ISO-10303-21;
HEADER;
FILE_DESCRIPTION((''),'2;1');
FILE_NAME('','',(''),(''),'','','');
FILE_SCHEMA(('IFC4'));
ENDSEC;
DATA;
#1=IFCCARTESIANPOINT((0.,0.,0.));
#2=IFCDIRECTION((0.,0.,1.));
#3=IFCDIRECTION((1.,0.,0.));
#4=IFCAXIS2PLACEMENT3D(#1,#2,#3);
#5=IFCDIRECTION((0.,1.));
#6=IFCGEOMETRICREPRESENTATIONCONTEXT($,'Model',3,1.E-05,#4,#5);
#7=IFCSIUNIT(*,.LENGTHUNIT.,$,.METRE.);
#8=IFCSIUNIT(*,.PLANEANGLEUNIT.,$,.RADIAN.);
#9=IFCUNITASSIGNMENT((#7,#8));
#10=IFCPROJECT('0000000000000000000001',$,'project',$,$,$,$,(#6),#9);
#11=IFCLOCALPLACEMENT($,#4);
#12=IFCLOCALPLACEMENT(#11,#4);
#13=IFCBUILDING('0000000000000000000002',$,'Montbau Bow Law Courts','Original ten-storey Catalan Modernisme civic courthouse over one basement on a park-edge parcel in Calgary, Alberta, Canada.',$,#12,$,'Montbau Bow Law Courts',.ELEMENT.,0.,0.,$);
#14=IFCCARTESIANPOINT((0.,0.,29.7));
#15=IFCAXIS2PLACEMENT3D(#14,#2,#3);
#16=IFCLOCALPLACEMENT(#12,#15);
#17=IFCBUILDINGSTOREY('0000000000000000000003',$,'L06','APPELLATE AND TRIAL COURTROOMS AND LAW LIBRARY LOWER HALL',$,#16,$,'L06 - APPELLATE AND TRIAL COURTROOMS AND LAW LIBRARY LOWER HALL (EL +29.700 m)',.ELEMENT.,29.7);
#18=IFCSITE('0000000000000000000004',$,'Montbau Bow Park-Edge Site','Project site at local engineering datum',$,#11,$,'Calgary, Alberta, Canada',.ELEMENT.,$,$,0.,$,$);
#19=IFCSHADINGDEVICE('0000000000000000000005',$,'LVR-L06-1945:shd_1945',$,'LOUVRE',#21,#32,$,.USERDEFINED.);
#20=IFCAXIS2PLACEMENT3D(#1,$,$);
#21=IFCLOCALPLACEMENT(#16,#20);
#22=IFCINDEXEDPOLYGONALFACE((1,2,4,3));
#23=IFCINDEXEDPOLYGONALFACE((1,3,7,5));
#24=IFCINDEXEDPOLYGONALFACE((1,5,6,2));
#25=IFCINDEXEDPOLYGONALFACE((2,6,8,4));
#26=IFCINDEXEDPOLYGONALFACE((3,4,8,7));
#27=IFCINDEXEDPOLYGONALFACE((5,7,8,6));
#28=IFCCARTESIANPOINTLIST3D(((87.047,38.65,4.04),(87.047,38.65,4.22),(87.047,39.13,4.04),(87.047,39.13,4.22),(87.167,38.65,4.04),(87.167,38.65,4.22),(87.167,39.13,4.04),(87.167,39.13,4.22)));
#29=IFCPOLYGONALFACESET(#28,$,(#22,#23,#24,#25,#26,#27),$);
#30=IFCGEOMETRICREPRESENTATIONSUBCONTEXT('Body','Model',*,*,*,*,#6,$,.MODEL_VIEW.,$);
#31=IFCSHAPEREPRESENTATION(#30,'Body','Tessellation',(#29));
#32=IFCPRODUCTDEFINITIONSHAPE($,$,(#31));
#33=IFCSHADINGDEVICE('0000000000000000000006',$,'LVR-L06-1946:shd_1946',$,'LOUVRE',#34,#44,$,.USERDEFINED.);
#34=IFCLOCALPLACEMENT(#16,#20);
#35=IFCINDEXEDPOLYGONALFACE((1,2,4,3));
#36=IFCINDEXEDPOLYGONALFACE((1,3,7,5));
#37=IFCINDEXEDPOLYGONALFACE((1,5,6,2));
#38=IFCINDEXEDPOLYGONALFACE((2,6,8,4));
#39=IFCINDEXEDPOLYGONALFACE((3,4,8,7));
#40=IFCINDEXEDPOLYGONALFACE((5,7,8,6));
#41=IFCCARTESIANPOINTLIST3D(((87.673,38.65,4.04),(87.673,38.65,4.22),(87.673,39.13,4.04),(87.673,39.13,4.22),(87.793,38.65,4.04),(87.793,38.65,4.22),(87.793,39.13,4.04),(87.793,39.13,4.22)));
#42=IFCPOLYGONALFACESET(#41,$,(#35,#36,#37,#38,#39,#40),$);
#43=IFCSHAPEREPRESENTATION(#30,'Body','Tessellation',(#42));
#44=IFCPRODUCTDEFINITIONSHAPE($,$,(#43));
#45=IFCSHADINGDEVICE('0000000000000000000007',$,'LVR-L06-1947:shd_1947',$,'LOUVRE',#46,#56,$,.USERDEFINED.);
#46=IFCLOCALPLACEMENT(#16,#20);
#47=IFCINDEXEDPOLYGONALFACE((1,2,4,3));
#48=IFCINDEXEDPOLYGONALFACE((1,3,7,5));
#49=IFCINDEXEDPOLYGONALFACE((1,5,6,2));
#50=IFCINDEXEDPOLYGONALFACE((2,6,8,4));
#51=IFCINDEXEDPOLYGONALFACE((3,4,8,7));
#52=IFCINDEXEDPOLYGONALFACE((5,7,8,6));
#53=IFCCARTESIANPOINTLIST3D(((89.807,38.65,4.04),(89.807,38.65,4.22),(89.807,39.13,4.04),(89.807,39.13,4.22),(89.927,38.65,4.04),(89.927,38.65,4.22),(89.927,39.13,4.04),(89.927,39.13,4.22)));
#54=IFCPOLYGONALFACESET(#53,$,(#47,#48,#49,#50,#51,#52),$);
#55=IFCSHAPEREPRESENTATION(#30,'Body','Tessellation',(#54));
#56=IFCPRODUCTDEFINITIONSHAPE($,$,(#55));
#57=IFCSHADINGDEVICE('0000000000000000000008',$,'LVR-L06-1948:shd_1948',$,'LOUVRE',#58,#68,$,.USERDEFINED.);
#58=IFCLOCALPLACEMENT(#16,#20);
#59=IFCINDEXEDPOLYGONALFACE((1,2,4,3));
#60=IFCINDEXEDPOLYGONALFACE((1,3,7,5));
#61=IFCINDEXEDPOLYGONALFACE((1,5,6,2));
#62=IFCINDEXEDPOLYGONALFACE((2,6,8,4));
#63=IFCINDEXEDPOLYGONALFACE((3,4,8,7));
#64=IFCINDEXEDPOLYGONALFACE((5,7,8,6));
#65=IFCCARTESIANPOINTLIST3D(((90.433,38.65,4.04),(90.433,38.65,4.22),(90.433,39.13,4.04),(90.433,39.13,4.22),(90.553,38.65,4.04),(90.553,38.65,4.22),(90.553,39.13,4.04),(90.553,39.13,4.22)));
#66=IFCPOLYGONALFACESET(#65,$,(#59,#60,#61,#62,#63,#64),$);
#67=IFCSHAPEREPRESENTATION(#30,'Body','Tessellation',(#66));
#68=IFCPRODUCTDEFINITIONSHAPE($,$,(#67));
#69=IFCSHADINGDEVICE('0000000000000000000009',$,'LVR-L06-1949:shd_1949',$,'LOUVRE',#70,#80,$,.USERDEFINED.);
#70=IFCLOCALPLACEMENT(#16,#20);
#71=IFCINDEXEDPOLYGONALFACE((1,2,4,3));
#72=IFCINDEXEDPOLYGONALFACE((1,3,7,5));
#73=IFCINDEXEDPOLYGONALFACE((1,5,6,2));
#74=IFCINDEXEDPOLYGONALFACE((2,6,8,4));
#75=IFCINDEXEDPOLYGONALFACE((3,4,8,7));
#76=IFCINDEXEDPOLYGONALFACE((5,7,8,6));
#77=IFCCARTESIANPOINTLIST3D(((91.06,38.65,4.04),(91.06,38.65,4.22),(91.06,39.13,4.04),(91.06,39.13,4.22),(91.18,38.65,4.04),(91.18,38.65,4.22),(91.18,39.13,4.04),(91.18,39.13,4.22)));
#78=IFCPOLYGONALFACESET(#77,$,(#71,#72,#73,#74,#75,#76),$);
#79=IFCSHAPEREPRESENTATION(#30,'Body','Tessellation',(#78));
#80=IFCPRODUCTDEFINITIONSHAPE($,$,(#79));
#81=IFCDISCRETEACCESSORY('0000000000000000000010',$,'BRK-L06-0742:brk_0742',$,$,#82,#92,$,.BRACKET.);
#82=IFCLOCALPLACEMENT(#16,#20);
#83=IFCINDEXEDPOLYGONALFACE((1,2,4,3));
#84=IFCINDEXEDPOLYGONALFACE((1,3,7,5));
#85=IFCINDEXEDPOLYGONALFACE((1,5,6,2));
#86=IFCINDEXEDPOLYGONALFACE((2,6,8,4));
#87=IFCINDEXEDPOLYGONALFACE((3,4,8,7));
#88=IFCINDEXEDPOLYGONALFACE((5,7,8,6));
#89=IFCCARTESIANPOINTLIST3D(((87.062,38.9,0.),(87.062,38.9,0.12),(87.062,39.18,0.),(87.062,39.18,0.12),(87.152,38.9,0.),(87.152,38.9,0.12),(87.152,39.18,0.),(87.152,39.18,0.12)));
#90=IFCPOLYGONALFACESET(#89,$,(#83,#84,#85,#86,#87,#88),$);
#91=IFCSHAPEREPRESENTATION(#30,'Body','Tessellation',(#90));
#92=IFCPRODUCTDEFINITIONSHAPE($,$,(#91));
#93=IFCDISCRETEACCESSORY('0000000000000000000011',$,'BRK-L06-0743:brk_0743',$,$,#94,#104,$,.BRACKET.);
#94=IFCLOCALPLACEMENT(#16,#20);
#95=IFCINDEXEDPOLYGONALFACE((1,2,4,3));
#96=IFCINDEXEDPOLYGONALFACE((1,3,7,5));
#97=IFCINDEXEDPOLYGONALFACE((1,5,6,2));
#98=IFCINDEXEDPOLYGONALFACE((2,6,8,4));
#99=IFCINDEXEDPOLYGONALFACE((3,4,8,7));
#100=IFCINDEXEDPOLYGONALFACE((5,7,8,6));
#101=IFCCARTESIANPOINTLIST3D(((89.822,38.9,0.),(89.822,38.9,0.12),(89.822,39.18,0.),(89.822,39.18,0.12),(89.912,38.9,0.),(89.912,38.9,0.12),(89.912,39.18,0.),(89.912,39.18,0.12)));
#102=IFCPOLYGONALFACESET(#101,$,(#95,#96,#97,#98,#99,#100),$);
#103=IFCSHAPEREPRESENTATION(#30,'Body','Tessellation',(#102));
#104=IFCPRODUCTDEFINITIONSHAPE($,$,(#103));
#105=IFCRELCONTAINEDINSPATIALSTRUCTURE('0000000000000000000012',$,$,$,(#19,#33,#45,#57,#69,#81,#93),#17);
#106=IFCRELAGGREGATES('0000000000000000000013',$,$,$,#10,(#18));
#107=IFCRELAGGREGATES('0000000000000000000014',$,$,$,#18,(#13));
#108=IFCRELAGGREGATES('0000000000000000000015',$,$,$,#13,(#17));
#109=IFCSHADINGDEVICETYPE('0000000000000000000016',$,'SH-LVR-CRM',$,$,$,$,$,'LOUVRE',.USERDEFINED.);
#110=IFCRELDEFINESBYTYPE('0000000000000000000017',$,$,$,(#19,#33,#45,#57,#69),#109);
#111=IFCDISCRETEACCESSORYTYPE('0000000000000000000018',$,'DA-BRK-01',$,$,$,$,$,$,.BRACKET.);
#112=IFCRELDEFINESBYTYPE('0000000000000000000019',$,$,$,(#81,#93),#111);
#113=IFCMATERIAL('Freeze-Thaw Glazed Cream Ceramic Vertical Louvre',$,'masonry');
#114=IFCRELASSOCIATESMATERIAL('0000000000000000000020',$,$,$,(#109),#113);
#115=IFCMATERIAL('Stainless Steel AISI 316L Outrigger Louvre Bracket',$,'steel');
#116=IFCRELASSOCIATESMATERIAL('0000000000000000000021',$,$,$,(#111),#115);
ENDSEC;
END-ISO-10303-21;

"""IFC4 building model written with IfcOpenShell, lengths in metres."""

from ifc_helpers import new_model, si_unit, direction, frame, origin_with_axes, origin_2d_with_axis, place, context, subcontext, project, spatial, rectangle, extrude, material, type_object, element, save


model = new_model("IFC4")

# Units and contexts
model_context = context("Model", 3, precision=1e-05, world=origin_with_axes(), true_north=direction((0.0, 1.0)))
body_context = subcontext(model_context, "Body", "Model", "MODEL_VIEW")
ifc_project = project(units=[si_unit("LENGTHUNIT", "METRE"), si_unit("PLANEANGLEUNIT", "RADIAN")], contexts=[model_context])

# Site, building, storey
site_placement = place(None, origin_with_axes())
site = spatial("IfcSite", under=ifc_project, at=site_placement, Name="Montbau Bow Park-Edge Site", Description="Project site at local engineering datum", LongName="Calgary, Alberta, Canada", CompositionType="ELEMENT", RefElevation=0.0)
building_placement = place(site_placement, origin_with_axes())
building = spatial("IfcBuilding", under=site, at=building_placement, Name="Montbau Bow Law Courts", Description="Original ten-storey Catalan Modernisme civic courthouse over one basement on a park-edge parcel in Calgary, Alberta, Canada.", LongName="Montbau Bow Law Courts", CompositionType="ELEMENT", ElevationOfRefHeight=0.0, ElevationOfTerrain=0.0)
storey_placement = place(building_placement, frame((0.0, 0.0, 29.7), z_axis=(0.0, 0.0, 1.0), x_axis=(1.0, 0.0, 0.0)))
storey = spatial("IfcBuildingStorey", under=building, at=storey_placement, Name="L06", Description="APPELLATE AND TRIAL COURTROOMS AND LAW LIBRARY LOWER HALL", LongName="L06 - APPELLATE AND TRIAL COURTROOMS AND LAW LIBRARY LOWER HALL (EL +29.700 m)", CompositionType="ELEMENT", Elevation=29.7)

# Shading devices
ifc_material_1 = material(Name="Freeze-Thaw Glazed Cream Ceramic Vertical Louvre", Category="masonry")
shading_device_type = type_object("IfcShadingDeviceType", Name="SH-LVR-CRM", ElementType="LOUVRE", PredefinedType="USERDEFINED", material=ifc_material_1)
for number, where, z_axis, x_axis, name in (
    (1, (87.107, 38.89, 33.74), (0.0, 0.0, 1.0), (0.0, -1.0, 0.0), "LVR-L06-1945:shd_1945"),
    (2, (87.733, 38.89, 33.74), (0.0, 0.0, 1.0), (0.0, -1.0, 0.0), "LVR-L06-1946:shd_1946"),
    (3, (89.867, 38.89, 33.74), (0.0, 0.0, 1.0), (0.0, -1.0, 0.0), "LVR-L06-1947:shd_1947"),
    (4, (90.493, 38.89, 33.74), (0.0, 0.0, 1.0), (0.0, -1.0, 0.0), "LVR-L06-1948:shd_1948"),
    (5, (91.12, 38.89, 33.74), (0.0, 0.0, 1.0), (0.0, -1.0, 0.0), "LVR-L06-1949:shd_1949"),
):
    element("IfcShadingDevice", number, at=place(None, frame(where, z_axis=z_axis, x_axis=x_axis)), inside=storey, type_object=shading_device_type, Name=name, ObjectType="LOUVRE", PredefinedType="USERDEFINED", context=body_context, shape_type="SweptSolid", body=[
        extrude(rectangle(XDim=0.48, YDim=0.12, at=origin_2d_with_axis()), origin_with_axes(), (0.0, 0.0, 1.0), 0.18),
    ])

# Discrete accessories
ifc_material_2 = material(Name="Stainless Steel AISI 316L Outrigger Louvre Bracket", Category="steel")
discrete_accessory_type = type_object("IfcDiscreteAccessoryType", Name="DA-BRK-01", PredefinedType="BRACKET", material=ifc_material_2)
for number, where, z_axis, x_axis, name in (
    (6, (87.107, 39.04, 29.7), (0.0, 0.0, 1.0), (0.0, -1.0, 0.0), "BRK-L06-0742:brk_0742"),
    (7, (89.867, 39.04, 29.7), (0.0, 0.0, 1.0), (0.0, -1.0, 0.0), "BRK-L06-0743:brk_0743"),
):
    element("IfcDiscreteAccessory", number, at=place(None, frame(where, z_axis=z_axis, x_axis=x_axis)), inside=storey, type_object=discrete_accessory_type, Name=name, PredefinedType="BRACKET", context=body_context, shape_type="SweptSolid", body=[
        extrude(rectangle(XDim=0.28, YDim=0.09, at=origin_2d_with_axis()), origin_with_axes(), (0.0, 0.0, 1.0), 0.12),
    ])

save(model, "model.ifc")
